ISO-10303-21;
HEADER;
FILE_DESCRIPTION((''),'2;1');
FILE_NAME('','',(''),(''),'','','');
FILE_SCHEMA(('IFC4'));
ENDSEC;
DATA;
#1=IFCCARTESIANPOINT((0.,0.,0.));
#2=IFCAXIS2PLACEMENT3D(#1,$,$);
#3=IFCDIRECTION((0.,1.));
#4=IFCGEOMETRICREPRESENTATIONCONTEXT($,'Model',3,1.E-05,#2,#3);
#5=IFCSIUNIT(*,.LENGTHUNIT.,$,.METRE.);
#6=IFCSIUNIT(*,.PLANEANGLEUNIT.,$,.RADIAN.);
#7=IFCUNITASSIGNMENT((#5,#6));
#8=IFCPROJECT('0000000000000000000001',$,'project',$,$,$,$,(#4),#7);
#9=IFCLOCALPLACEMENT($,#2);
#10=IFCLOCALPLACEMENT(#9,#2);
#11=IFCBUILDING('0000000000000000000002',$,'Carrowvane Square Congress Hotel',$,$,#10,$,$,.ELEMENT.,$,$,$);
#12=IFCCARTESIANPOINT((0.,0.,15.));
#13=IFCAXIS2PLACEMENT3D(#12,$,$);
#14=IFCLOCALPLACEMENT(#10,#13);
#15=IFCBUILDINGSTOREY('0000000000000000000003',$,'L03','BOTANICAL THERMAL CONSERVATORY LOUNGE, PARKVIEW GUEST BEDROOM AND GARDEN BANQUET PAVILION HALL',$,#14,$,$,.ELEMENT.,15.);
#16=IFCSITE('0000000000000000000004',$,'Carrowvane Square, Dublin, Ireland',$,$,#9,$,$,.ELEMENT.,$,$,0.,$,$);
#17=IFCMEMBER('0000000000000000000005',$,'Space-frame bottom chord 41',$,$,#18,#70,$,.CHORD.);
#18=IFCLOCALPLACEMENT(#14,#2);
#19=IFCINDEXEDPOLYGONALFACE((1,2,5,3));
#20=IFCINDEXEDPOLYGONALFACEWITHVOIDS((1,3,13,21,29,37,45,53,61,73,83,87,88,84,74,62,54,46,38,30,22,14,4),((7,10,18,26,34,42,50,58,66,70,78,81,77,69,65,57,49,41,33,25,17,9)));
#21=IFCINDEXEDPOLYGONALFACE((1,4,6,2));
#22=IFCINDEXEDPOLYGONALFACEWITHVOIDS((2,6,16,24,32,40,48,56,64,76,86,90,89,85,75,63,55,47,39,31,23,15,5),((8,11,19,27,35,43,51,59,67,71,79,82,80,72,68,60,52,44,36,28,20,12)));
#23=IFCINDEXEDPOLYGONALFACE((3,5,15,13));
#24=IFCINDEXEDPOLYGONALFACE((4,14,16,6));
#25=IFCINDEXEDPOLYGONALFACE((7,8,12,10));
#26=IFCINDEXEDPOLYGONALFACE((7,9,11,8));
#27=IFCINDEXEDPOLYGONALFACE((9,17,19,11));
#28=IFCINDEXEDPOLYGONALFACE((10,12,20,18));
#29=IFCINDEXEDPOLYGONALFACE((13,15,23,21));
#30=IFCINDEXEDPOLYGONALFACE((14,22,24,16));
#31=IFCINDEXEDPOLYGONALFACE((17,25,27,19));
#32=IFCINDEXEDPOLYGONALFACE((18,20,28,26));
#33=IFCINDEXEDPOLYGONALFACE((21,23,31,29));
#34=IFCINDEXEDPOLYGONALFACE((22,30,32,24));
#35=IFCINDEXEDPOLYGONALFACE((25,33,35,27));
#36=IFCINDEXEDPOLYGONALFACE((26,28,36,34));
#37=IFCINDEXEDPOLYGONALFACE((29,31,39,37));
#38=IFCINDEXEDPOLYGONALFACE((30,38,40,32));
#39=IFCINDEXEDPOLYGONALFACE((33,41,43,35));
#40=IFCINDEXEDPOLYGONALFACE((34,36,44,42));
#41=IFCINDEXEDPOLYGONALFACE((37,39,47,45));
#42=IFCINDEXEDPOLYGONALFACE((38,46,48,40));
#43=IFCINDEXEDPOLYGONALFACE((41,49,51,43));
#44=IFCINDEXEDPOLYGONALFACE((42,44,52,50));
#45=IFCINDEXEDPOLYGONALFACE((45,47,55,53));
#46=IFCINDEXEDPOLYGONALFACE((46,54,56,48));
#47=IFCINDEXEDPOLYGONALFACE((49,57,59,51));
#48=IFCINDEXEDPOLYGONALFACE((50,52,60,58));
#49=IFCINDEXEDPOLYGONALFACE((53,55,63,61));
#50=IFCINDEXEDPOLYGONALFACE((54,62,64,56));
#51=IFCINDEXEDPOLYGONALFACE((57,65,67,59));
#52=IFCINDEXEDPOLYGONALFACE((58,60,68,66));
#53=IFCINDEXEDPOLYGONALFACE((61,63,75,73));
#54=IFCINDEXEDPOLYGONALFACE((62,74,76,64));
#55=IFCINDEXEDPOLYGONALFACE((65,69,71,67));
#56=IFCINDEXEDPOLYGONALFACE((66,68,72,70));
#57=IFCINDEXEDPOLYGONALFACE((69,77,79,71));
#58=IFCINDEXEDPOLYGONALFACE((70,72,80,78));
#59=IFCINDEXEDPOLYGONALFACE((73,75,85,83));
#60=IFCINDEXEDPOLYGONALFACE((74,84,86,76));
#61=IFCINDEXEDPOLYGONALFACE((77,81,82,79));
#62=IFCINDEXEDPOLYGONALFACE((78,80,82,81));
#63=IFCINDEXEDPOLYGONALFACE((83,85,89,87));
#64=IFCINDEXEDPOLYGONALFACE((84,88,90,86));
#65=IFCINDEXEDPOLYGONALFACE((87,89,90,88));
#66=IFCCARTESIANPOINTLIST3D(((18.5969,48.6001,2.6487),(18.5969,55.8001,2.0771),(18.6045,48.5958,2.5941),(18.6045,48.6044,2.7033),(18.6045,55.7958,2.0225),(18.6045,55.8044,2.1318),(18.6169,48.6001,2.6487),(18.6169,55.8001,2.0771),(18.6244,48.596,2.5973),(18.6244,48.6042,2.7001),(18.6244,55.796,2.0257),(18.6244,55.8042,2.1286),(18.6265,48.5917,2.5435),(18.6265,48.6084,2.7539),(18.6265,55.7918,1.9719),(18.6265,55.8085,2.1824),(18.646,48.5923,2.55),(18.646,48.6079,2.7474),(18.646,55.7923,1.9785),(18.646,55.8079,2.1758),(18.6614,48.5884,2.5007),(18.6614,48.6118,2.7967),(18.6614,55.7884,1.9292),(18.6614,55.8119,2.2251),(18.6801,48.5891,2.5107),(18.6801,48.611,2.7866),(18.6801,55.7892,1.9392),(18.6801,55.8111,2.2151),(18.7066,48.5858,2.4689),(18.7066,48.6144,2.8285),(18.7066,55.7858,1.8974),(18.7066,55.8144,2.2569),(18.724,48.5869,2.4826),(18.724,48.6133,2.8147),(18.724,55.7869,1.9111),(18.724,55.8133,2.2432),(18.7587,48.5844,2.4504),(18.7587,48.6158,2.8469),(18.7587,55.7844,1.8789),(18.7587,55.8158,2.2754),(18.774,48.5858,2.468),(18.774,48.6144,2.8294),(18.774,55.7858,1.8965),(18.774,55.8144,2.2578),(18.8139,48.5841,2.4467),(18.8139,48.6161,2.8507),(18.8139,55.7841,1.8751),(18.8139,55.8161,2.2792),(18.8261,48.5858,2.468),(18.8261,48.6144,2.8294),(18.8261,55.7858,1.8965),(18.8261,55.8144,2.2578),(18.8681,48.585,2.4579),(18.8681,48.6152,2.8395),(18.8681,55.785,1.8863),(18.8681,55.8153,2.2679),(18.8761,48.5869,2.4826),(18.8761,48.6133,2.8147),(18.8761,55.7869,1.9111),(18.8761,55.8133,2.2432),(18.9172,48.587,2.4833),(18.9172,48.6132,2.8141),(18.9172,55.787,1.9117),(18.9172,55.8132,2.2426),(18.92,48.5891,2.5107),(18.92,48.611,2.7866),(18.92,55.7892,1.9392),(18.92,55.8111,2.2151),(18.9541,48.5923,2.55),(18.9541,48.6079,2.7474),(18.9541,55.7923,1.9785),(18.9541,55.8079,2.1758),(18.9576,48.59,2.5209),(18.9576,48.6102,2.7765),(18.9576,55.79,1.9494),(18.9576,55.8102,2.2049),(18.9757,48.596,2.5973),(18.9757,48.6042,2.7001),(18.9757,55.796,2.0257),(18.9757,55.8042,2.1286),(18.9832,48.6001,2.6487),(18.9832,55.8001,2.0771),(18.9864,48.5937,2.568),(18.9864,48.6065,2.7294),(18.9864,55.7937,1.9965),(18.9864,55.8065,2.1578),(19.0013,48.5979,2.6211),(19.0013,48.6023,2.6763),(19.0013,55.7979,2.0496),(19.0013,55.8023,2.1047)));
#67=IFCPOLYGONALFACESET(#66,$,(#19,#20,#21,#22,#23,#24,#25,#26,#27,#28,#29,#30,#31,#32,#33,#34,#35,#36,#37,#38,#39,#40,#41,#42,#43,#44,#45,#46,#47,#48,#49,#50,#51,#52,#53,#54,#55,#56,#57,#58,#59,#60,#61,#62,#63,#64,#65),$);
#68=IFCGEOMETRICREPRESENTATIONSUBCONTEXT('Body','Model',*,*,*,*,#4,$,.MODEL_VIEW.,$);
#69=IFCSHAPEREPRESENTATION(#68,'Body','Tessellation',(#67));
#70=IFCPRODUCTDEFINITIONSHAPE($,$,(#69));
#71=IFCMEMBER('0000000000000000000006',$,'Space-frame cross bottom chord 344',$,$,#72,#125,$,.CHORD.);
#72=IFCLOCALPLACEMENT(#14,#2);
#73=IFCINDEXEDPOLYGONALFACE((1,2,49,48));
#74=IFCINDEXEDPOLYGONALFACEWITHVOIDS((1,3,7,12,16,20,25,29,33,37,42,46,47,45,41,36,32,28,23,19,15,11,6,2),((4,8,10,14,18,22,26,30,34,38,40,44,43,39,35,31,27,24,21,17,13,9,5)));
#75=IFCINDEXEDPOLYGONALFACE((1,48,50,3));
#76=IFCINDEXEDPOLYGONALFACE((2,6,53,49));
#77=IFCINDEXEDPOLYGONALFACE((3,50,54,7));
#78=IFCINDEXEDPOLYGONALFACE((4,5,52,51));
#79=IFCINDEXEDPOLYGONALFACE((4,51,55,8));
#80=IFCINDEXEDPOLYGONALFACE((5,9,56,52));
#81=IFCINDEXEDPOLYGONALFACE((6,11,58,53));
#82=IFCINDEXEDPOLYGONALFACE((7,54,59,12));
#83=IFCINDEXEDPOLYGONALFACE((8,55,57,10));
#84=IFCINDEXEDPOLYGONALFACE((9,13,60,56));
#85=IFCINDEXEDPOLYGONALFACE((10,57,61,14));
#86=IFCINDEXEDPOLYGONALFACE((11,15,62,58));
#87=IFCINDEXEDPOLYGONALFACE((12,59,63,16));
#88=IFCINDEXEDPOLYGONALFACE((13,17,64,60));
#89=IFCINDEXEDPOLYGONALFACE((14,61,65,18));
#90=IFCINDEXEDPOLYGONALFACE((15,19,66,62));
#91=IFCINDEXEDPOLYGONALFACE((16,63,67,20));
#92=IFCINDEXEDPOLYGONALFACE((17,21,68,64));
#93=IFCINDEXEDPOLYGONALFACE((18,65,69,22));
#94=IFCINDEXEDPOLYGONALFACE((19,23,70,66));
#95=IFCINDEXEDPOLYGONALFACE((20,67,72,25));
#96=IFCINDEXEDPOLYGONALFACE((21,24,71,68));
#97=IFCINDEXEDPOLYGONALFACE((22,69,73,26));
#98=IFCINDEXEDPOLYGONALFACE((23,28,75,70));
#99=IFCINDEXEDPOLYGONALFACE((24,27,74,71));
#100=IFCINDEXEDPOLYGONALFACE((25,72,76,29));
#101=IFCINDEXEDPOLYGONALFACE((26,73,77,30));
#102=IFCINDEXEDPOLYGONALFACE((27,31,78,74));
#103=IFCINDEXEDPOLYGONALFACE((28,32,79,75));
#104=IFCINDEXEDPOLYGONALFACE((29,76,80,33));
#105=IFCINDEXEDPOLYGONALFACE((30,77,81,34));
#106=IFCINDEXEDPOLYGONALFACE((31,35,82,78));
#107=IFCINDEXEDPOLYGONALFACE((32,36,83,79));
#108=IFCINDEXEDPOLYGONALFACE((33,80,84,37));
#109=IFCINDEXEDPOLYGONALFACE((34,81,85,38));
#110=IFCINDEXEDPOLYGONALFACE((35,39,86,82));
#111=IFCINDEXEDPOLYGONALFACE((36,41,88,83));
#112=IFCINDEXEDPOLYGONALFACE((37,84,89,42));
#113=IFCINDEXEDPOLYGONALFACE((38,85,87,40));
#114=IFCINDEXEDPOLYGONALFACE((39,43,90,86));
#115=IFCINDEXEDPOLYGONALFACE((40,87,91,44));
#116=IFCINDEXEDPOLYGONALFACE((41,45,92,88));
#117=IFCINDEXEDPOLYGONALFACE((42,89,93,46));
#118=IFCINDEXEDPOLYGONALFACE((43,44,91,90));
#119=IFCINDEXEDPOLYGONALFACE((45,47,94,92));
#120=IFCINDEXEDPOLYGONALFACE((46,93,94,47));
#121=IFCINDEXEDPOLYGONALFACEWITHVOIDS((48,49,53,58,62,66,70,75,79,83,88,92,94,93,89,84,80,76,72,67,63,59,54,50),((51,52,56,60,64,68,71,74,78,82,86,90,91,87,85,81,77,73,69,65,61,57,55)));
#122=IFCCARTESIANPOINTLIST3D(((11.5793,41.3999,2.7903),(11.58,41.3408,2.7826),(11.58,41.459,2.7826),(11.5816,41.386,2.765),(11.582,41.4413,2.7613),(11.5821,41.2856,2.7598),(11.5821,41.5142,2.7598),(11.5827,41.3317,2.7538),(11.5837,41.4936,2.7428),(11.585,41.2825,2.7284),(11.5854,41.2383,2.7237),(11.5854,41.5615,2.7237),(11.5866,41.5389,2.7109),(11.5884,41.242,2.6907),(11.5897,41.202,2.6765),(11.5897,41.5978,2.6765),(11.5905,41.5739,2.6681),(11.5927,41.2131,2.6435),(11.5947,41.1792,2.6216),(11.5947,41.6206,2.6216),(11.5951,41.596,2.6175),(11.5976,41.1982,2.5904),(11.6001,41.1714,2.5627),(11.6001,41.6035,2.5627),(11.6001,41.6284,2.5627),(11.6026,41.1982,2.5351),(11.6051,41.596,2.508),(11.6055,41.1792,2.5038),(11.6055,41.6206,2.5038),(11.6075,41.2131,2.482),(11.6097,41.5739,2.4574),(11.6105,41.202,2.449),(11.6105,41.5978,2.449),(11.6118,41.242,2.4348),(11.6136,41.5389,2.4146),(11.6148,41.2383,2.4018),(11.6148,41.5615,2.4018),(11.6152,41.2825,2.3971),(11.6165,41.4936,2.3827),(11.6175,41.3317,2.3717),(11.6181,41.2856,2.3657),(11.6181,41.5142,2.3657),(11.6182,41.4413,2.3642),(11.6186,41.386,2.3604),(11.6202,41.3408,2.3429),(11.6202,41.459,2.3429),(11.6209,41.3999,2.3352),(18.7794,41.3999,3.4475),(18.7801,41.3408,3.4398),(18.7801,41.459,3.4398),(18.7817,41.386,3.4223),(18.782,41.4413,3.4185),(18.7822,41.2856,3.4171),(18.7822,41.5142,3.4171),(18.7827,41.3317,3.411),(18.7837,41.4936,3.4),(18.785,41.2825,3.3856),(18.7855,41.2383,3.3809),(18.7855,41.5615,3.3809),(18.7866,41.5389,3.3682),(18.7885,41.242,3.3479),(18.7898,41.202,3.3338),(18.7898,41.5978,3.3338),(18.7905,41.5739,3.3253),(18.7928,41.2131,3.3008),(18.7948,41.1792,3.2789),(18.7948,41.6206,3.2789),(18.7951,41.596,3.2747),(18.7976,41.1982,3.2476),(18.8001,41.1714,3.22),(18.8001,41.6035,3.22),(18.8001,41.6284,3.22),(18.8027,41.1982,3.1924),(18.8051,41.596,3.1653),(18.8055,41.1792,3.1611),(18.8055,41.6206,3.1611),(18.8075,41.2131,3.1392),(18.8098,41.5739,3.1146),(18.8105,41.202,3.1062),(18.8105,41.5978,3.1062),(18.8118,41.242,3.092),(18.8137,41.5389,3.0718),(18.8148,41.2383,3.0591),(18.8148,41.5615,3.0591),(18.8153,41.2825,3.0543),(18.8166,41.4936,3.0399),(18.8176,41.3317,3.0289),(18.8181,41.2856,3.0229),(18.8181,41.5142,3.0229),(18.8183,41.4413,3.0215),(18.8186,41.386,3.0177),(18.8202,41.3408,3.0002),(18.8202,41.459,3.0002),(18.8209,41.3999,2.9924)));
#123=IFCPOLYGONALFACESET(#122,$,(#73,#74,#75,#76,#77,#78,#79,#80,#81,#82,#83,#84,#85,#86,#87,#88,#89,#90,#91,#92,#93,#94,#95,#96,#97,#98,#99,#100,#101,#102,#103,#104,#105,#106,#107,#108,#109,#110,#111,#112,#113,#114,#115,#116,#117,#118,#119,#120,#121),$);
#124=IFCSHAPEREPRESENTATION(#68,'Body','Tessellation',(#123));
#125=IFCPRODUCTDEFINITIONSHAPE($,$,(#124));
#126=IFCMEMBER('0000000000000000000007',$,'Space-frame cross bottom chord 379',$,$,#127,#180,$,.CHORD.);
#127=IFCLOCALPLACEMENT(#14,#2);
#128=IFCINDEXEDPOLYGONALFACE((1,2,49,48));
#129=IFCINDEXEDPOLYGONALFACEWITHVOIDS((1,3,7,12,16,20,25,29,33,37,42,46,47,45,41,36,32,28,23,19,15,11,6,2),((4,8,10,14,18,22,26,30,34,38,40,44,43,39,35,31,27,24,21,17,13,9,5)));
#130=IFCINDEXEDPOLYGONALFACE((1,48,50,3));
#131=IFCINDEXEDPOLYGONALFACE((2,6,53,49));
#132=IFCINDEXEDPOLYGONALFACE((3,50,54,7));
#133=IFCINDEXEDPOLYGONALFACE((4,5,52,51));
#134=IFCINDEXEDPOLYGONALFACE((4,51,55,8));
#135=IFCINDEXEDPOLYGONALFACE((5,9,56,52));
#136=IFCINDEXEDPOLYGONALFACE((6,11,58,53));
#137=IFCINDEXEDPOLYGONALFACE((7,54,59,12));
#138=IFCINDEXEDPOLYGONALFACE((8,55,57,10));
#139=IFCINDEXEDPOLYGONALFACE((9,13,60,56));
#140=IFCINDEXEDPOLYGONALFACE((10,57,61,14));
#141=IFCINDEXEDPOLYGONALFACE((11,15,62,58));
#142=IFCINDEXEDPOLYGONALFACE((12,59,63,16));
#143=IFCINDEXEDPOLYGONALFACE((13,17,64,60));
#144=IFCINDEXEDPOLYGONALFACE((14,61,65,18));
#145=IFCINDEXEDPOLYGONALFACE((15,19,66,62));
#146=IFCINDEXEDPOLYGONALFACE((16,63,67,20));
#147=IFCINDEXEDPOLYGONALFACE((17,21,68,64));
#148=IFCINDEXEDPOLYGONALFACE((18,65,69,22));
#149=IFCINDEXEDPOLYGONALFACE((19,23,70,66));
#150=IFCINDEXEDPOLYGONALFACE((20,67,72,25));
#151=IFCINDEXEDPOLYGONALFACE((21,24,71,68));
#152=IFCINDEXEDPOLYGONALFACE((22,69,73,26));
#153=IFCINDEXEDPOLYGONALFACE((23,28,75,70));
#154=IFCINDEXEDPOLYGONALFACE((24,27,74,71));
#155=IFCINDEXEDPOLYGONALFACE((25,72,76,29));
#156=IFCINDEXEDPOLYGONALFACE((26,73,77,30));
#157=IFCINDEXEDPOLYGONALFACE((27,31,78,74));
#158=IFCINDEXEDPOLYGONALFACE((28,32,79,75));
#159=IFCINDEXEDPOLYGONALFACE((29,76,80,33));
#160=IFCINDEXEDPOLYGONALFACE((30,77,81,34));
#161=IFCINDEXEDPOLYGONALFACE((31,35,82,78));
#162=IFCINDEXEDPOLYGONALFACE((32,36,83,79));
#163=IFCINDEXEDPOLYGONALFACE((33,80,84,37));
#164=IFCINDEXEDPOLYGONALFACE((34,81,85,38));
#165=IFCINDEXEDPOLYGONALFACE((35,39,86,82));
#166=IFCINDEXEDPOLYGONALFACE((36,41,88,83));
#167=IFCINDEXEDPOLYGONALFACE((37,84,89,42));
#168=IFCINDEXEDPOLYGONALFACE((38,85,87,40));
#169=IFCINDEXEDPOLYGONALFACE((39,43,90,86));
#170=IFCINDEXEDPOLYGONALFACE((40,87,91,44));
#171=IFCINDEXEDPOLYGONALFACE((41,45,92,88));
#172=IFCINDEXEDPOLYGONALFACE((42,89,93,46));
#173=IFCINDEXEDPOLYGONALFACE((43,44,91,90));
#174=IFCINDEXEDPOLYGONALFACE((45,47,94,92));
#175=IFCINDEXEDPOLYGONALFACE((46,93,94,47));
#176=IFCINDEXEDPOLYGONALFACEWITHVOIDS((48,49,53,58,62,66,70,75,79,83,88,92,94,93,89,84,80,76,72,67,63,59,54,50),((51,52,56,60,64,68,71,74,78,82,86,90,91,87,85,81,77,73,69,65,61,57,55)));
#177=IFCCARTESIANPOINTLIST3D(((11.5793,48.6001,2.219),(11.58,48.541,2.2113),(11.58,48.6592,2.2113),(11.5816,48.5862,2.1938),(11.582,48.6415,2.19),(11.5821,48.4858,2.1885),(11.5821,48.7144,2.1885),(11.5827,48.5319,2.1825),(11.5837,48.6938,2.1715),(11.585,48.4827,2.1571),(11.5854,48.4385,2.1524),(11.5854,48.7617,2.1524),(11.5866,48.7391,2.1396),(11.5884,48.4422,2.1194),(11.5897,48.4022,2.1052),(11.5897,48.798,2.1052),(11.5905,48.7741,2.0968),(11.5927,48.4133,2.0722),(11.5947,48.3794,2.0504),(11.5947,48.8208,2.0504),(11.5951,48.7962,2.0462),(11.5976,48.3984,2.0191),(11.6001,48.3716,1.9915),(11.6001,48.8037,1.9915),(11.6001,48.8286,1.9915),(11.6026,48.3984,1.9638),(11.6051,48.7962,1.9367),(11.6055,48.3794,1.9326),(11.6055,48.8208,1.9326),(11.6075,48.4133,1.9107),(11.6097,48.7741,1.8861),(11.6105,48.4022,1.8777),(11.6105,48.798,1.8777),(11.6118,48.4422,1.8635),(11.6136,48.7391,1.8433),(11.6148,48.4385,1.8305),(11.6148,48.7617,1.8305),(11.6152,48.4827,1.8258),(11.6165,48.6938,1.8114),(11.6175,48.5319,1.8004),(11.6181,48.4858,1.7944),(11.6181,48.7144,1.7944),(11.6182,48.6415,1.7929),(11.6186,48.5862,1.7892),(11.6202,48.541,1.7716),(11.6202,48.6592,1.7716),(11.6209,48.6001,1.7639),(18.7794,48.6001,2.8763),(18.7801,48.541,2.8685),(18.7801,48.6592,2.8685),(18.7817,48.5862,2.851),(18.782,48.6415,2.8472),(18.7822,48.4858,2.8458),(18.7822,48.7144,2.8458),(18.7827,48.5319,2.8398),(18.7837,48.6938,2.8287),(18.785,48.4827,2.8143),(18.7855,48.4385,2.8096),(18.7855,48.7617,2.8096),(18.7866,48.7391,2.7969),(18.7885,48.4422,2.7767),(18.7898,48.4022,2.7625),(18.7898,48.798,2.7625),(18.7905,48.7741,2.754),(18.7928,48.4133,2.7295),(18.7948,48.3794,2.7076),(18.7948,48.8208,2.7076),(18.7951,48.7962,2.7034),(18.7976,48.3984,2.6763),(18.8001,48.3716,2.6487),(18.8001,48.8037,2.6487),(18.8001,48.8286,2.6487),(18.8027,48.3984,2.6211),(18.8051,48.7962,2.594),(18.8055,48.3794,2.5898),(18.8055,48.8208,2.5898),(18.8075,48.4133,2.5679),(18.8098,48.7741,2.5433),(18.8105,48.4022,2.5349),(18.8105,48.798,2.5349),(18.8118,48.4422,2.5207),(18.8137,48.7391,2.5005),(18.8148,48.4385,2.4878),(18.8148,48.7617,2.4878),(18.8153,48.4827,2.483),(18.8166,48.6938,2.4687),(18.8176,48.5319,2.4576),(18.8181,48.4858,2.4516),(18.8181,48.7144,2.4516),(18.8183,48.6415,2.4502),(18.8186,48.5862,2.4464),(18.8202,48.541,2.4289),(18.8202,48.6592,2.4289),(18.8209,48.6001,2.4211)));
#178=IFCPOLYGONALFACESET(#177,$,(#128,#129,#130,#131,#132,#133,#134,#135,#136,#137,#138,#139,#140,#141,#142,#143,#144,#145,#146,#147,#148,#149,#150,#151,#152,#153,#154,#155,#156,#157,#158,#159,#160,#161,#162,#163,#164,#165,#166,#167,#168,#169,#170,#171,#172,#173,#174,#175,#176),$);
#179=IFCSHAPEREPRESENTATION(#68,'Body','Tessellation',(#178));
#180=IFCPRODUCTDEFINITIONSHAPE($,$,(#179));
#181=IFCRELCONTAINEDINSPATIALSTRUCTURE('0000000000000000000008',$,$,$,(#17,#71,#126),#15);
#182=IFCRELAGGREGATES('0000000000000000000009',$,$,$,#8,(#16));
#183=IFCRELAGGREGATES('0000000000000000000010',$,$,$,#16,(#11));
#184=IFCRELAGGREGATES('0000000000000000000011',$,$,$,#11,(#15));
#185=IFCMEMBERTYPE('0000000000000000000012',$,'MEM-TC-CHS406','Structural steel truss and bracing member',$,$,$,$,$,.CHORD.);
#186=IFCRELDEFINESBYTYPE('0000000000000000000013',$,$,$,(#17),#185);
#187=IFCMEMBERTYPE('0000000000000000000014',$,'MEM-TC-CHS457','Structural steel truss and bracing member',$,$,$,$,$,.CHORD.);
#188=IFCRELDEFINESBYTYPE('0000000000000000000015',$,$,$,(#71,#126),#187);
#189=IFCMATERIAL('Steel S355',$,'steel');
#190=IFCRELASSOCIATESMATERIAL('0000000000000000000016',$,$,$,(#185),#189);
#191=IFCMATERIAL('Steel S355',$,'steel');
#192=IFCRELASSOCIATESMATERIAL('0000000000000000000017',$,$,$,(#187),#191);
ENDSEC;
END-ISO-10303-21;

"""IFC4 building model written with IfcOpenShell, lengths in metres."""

from ifc_helpers import new_model, si_unit, direction, frame, origin, origin_2d, place, context, subcontext, project, spatial, hollow_circle, extrude, material, material_profile, profile_set, type_object, element, save


model = new_model("IFC4")

# Units and contexts
model_context = context("Model", 3, precision=1e-05, world=origin(), true_north=direction((0.0, 1.0)))
body_context = subcontext(model_context, "Body", "Model", "MODEL_VIEW")
ifc_project = project(units=[si_unit("LENGTHUNIT", "METRE"), si_unit("PLANEANGLEUNIT", "RADIAN")], contexts=[model_context])

# Site, building, storey
site_placement = place(None, origin())
site = spatial("IfcSite", under=ifc_project, at=site_placement, Name="Carrowvane Square, Dublin, Ireland", CompositionType="ELEMENT", RefElevation=0.0)
building_placement = place(site_placement, origin())
building = spatial("IfcBuilding", under=site, at=building_placement, Name="Carrowvane Square Congress Hotel", CompositionType="ELEMENT")
storey_placement = place(building_placement, frame((0.0, 0.0, 15.0)))
storey = spatial("IfcBuildingStorey", under=building, at=storey_placement, Name="L03", Description="BOTANICAL THERMAL CONSERVATORY LOUNGE, PARKVIEW GUEST BEDROOM AND GARDEN BANQUET PAVILION HALL", CompositionType="ELEMENT", Elevation=15.0)

# Members
ifc_material_1 = material(Name="Steel S355", Category="steel")
ifc_material_profile_1 = material_profile(ifc_material_1, hollow_circle(Radius=0.2031, WallThickness=0.02, at=origin_2d()), Name="CHS 406.4x20")
ifc_profile_set_1 = profile_set([ifc_material_profile_1], Name="Steel S355")
member_type_1 = type_object("IfcMemberType", Name="MEM-TC-CHS406", Description="Structural steel truss and bracing member", PredefinedType="CHORD", material=ifc_profile_set_1)
member_1_placement = place(storey_placement, frame((18.8, 48.6001, 2.6487), z_axis=(0.0, 0.996864, -0.079131), x_axis=(-1.0, 0.0, 0.0)))
element("IfcMember", 1, at=member_1_placement, inside=storey, type_object=member_type_1, Name="Space-frame bottom chord 41", PredefinedType="CHORD", context=body_context, shape_type="SweptSolid", body=[
    extrude(hollow_circle(Radius=0.2031, WallThickness=0.02, at=origin_2d()), origin(), (0.0, 0.0, 1.0), 7.2227),
])
ifc_material_2 = material(Name="Steel S355", Category="steel")
ifc_material_profile_2 = material_profile(ifc_material_2, hollow_circle(Radius=0.2285, WallThickness=0.0249, at=origin_2d()), Name="CHS 457.0x25")
ifc_profile_set_2 = profile_set([ifc_material_profile_2], Name="Steel S355")
member_type_2 = type_object("IfcMemberType", Name="MEM-TC-CHS457", Description="Structural steel truss and bracing member", PredefinedType="CHORD", material=ifc_profile_set_2)
for number, where, z_axis, x_axis, name in (
    (2, (11.6001, 41.3999, 2.5627), (0.99586, 0.0, 0.090904), (0.0, 1.0, 0.0), "Space-frame cross bottom chord 344"),
    (3, (11.6001, 48.6001, 1.9915), (0.99586, 0.0, 0.090904), (0.0, 1.0, 0.0), "Space-frame cross bottom chord 379"),
):
    element("IfcMember", number, at=place(storey_placement, frame(where, z_axis=z_axis, x_axis=x_axis)), inside=storey, type_object=member_type_2, Name=name, PredefinedType="CHORD", context=body_context, shape_type="SweptSolid", body=[
        extrude(hollow_circle(Radius=0.2285, WallThickness=0.0249, at=origin_2d()), origin(), (0.0, 0.0, 1.0), 7.23),
    ])

save(model, "model.ifc")
